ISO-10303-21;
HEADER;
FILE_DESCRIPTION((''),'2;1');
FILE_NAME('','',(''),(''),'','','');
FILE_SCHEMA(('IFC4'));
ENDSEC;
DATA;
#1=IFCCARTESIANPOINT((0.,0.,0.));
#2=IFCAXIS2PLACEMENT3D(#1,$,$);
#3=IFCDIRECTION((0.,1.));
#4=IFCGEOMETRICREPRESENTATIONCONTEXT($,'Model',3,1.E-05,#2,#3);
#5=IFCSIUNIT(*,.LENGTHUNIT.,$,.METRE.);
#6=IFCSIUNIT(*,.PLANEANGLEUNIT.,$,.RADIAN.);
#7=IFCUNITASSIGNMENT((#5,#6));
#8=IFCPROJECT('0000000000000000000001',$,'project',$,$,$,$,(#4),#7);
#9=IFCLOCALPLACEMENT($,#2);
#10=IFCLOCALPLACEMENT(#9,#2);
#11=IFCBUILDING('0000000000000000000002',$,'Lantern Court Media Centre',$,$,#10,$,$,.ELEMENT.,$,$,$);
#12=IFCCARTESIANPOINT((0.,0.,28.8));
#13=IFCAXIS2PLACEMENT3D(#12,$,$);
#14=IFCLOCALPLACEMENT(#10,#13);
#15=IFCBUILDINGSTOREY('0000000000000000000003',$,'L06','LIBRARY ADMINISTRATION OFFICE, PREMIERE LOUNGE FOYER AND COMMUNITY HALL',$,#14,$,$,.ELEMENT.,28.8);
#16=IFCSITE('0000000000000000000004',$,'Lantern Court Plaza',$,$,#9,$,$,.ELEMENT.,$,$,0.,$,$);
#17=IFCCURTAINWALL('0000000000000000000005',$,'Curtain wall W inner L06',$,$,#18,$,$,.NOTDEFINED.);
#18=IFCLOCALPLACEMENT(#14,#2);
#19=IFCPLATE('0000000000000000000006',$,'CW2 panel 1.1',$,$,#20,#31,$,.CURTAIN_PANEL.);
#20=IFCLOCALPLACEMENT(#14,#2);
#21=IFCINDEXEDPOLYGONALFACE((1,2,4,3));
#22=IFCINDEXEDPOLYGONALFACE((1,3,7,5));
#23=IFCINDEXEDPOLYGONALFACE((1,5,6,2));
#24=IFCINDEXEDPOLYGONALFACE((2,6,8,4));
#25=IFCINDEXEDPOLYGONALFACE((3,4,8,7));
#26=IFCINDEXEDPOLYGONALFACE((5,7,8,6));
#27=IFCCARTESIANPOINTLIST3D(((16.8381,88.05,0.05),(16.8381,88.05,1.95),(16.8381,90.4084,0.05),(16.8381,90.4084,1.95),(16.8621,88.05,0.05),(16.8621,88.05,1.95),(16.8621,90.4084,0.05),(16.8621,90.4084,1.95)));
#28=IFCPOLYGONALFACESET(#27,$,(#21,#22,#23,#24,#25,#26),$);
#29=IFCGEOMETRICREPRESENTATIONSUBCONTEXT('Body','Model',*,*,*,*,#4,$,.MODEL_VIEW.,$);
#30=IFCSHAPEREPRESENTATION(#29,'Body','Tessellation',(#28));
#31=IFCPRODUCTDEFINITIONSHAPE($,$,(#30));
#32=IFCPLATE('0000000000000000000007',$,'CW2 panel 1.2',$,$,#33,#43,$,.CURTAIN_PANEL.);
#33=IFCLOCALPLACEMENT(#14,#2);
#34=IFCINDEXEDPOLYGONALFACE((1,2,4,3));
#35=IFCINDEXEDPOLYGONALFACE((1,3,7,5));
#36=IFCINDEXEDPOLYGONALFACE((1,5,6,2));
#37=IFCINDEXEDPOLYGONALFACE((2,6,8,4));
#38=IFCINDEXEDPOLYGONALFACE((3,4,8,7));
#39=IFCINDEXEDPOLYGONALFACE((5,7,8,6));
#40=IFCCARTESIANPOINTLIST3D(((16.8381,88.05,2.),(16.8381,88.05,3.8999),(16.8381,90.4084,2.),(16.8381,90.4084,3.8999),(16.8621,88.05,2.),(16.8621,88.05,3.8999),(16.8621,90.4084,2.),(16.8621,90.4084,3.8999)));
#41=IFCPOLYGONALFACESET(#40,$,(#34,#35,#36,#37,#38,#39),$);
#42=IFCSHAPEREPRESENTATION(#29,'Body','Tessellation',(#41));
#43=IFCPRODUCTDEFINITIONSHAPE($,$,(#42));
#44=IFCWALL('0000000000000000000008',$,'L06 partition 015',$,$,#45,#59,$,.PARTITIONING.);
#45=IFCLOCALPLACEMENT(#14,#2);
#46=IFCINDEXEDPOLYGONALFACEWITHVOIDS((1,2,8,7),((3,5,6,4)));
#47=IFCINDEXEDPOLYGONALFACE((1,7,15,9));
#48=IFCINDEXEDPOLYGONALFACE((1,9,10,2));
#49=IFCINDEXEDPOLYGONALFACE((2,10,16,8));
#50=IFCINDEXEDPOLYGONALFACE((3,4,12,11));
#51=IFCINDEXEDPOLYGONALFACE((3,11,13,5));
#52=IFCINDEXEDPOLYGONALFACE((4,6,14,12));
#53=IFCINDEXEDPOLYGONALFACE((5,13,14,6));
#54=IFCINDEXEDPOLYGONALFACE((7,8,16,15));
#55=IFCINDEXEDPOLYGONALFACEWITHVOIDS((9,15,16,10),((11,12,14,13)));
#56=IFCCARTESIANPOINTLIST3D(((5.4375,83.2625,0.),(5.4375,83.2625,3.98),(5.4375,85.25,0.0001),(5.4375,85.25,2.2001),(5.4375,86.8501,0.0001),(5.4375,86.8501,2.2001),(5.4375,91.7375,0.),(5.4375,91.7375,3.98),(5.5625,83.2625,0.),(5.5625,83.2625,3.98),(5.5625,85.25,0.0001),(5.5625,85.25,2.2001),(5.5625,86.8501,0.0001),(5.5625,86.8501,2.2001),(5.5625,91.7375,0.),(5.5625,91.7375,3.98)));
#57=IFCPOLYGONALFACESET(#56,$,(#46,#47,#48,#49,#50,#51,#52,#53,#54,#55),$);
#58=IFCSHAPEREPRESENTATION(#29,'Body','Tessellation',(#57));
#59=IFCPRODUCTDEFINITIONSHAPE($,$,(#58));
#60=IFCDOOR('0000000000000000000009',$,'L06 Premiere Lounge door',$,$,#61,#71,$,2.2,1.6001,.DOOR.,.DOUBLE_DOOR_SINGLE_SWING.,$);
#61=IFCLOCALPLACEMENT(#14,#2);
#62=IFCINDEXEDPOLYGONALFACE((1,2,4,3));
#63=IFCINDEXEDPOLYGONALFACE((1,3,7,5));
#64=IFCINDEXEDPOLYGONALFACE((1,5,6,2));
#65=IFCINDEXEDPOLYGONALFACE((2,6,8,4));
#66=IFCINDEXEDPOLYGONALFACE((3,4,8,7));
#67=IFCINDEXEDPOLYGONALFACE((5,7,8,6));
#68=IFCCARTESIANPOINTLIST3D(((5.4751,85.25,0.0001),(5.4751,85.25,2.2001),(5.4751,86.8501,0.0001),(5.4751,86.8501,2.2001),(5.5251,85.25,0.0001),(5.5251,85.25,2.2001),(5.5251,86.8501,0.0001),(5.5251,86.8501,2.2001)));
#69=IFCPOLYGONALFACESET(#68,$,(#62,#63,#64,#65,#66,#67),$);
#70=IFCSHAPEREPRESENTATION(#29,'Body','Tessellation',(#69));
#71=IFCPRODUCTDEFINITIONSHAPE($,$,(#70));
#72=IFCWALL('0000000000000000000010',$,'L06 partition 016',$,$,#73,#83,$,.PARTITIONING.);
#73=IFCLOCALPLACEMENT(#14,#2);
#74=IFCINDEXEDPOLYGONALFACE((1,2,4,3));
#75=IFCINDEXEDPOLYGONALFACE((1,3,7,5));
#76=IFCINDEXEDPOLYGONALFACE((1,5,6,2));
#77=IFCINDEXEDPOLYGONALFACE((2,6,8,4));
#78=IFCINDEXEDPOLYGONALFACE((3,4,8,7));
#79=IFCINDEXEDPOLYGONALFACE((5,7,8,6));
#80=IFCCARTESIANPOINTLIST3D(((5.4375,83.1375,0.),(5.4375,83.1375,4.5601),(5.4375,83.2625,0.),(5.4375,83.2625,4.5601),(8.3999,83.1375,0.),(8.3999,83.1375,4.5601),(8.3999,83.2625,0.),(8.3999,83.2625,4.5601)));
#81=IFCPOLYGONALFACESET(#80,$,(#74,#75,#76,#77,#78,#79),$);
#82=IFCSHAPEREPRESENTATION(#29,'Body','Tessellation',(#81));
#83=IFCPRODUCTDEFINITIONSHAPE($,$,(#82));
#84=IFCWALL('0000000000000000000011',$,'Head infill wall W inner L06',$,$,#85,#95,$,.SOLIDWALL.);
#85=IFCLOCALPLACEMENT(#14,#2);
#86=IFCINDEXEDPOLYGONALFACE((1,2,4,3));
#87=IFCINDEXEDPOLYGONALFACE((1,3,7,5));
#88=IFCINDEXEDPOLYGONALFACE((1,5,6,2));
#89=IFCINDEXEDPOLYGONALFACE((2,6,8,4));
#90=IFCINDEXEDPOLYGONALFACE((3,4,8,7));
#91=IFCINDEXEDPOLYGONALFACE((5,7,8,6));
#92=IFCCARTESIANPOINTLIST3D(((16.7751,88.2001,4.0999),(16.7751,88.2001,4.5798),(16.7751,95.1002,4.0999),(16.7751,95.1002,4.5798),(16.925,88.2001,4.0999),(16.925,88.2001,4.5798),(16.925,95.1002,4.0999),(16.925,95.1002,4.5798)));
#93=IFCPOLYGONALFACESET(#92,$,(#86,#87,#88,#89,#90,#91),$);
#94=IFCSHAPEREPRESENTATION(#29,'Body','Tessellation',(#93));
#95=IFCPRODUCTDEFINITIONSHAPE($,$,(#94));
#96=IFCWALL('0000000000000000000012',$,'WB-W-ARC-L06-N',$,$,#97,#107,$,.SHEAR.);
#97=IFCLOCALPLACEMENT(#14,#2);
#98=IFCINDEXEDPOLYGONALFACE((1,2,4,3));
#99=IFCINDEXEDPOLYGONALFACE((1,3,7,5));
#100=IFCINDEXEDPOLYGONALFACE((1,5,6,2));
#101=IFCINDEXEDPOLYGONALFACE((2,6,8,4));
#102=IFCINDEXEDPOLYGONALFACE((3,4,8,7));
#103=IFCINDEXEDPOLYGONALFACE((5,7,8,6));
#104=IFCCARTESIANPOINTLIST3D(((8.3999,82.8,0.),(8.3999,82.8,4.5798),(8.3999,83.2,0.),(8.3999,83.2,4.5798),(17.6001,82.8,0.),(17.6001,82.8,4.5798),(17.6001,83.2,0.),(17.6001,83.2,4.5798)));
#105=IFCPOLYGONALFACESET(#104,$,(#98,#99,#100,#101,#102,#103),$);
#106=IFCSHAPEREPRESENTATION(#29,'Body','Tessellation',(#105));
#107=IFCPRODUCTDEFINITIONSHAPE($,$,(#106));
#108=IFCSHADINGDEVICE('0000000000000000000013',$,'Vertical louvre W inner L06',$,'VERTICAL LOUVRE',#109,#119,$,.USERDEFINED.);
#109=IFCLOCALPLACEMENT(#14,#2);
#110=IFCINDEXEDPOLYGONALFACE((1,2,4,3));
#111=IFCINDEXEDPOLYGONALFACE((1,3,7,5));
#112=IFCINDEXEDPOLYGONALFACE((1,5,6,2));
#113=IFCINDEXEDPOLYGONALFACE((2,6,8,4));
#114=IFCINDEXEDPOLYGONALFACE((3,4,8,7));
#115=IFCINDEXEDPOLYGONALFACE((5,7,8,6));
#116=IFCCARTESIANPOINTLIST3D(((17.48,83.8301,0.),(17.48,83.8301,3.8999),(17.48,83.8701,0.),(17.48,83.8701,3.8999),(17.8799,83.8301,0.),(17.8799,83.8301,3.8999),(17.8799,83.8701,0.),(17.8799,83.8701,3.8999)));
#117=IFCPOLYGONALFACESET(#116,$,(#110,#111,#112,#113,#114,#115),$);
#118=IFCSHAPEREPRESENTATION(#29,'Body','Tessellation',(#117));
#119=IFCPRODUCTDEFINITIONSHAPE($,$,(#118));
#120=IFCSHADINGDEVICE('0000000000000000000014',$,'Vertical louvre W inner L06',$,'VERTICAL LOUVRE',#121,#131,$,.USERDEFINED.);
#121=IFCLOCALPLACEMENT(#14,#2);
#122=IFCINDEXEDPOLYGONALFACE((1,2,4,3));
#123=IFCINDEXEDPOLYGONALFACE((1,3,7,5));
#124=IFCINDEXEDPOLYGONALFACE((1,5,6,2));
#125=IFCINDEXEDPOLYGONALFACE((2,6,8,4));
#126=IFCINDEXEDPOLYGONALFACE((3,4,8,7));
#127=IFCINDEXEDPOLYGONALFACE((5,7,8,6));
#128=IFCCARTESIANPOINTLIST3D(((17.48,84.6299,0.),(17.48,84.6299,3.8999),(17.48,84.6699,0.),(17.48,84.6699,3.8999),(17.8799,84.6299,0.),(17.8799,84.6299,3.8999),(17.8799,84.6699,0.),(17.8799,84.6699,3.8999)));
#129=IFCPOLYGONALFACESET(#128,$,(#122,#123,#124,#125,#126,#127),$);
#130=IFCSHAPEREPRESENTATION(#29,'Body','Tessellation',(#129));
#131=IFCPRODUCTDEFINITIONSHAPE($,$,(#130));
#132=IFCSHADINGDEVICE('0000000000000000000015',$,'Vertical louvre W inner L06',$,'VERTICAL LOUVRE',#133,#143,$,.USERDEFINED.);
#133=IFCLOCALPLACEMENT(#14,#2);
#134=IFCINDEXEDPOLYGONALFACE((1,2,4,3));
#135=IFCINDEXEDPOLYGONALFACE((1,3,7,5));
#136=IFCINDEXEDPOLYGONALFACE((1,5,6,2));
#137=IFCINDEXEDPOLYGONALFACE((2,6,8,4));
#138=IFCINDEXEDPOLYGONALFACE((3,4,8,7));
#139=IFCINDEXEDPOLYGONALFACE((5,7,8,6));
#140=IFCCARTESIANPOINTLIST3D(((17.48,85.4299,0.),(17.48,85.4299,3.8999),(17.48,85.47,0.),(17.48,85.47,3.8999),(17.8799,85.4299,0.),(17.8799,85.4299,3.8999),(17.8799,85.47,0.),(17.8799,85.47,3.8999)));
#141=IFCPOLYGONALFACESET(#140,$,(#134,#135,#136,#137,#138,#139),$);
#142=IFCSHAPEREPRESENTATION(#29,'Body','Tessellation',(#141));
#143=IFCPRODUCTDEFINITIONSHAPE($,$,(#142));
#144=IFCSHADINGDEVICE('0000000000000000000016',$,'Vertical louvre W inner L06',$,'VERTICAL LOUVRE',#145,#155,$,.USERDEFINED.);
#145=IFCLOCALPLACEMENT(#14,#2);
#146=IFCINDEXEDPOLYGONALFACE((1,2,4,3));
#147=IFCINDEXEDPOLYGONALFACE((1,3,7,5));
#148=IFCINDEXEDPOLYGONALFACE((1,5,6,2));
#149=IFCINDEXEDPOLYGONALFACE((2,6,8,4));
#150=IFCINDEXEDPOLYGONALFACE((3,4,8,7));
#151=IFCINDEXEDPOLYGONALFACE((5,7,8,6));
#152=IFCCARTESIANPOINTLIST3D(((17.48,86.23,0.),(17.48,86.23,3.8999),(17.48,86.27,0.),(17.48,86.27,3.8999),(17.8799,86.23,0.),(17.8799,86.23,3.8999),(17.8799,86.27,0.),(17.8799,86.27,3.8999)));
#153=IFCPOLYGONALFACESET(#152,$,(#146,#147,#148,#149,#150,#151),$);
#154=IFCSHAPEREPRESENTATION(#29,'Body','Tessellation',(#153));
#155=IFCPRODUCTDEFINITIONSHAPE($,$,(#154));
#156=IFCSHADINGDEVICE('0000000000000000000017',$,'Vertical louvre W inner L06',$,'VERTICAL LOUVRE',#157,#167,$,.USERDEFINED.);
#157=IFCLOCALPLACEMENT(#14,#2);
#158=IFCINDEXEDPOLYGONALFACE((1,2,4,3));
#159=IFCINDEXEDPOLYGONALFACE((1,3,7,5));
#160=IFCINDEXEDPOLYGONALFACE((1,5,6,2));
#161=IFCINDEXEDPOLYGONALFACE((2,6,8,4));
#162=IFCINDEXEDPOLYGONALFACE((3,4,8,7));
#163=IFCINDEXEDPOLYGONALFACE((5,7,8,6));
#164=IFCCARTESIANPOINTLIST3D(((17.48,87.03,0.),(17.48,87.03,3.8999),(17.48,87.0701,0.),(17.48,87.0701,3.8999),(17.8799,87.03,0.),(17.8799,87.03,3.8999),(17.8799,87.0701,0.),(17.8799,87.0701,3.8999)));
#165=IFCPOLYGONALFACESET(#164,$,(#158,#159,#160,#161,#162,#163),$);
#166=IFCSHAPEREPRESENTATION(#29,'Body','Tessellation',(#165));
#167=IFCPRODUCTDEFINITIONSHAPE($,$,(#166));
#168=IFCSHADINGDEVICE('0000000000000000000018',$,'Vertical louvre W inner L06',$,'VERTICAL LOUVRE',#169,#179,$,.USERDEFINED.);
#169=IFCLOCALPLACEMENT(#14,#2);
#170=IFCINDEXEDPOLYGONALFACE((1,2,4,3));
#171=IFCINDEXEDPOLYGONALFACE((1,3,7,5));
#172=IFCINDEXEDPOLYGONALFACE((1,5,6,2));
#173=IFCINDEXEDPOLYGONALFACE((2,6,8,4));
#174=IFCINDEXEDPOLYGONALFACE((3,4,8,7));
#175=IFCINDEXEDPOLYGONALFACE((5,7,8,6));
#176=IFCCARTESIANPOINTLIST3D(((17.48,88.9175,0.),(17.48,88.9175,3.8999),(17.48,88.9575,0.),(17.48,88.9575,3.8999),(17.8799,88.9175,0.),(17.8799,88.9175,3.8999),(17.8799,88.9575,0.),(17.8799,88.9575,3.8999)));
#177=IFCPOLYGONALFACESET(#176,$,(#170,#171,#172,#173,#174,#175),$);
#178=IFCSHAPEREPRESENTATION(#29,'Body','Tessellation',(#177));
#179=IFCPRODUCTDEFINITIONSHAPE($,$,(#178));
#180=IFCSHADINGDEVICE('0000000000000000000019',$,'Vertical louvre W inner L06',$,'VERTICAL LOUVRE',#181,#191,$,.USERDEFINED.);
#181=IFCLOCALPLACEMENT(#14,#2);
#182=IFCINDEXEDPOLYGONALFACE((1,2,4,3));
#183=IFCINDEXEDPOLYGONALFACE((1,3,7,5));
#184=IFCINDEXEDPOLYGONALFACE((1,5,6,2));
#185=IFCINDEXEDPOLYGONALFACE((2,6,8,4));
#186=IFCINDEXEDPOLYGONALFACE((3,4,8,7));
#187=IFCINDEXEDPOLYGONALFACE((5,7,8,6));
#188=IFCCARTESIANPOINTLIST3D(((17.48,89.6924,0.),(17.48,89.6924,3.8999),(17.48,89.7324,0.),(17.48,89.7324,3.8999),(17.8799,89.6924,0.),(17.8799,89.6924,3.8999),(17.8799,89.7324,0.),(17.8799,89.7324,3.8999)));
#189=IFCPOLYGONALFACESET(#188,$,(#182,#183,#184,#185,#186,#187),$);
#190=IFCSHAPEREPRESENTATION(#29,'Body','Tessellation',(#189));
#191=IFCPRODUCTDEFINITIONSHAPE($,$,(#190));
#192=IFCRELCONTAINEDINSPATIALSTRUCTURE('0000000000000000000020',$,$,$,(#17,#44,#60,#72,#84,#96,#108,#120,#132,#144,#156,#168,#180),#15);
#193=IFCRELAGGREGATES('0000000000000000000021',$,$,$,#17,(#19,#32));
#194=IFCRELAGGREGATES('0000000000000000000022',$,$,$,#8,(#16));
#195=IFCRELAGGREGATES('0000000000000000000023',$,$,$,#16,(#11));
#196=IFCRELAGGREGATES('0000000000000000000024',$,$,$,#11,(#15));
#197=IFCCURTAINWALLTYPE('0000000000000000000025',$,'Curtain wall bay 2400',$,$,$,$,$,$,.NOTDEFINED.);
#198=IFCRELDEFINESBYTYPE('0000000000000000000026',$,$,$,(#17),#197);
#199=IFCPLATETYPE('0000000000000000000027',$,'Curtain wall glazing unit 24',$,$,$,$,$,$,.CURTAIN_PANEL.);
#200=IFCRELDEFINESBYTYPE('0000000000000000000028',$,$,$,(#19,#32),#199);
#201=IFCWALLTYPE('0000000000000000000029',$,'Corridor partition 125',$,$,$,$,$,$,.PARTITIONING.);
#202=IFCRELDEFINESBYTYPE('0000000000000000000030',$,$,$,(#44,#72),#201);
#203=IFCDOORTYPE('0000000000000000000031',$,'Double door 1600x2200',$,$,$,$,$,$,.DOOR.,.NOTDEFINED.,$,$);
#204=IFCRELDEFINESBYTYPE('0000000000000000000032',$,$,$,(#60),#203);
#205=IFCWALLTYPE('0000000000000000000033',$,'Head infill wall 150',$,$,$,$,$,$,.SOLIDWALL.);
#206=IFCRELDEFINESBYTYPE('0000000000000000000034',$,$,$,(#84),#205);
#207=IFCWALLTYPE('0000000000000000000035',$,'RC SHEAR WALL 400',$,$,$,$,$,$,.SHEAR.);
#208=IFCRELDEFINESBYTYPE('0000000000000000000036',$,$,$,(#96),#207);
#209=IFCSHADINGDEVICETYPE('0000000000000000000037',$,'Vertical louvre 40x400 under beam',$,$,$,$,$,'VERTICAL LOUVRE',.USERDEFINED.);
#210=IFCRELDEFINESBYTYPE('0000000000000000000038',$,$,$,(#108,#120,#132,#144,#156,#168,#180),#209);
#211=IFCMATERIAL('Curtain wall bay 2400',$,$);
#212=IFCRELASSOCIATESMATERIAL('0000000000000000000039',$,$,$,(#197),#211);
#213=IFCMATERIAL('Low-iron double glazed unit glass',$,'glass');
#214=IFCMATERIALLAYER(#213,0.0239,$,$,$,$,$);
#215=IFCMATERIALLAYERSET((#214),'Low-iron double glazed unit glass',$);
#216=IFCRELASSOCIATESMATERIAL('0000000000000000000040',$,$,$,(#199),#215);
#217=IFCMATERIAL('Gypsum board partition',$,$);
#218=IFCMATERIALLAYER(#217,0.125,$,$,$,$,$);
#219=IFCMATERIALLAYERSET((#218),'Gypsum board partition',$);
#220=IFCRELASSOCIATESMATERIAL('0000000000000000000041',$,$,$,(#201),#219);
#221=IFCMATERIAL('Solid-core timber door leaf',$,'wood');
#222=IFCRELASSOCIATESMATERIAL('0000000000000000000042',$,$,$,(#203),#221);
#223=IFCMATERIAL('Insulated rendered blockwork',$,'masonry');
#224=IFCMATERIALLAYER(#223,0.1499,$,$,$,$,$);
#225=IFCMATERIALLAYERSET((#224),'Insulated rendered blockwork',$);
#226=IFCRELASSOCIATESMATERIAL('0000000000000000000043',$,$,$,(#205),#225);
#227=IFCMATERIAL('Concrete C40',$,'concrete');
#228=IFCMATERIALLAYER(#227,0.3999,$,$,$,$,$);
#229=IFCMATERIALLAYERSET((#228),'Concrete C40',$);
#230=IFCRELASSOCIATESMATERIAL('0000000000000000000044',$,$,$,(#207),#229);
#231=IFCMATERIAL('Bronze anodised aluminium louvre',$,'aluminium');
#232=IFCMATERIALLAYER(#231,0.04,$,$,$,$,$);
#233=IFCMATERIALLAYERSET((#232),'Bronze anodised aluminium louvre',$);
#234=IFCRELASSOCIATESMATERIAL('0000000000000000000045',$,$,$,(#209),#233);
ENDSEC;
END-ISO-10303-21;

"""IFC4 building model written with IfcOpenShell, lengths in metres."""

from ifc_helpers import new_model, si_unit, direction, frame, frame_2d, origin, origin_2d, place, context, subcontext, project, spatial, rectangle, extrude, material, layer, layer_set, type_object, element, fill, aggregate, save


model = new_model("IFC4")

# Units and contexts
model_context = context("Model", 3, precision=1e-05, world=origin(), true_north=direction((0.0, 1.0)))
body_context = subcontext(model_context, "Body", "Model", "MODEL_VIEW")
ifc_project = project(units=[si_unit("LENGTHUNIT", "METRE"), si_unit("PLANEANGLEUNIT", "RADIAN")], contexts=[model_context])

# Site, building, storey
site_placement = place(None, origin())
site = spatial("IfcSite", under=ifc_project, at=site_placement, Name="Lantern Court Plaza", CompositionType="ELEMENT", RefElevation=0.0)
building_placement = place(site_placement, origin())
building = spatial("IfcBuilding", under=site, at=building_placement, Name="Lantern Court Media Centre", CompositionType="ELEMENT")
storey_placement = place(building_placement, frame((0.0, 0.0, 28.8)))
storey = spatial("IfcBuildingStorey", under=building, at=storey_placement, Name="L06", Description="LIBRARY ADMINISTRATION OFFICE, PREMIERE LOUNGE FOYER AND COMMUNITY HALL", CompositionType="ELEMENT", Elevation=28.8)

# Shared definitions
ifc_material_1 = material(Name="Curtain wall bay 2400")
curtain_wall_type = type_object("IfcCurtainWallType", Name="Curtain wall bay 2400", PredefinedType="NOTDEFINED", material=ifc_material_1)

# Curtain wall
curtain_wall_1_placement = place(storey_placement, origin())
curtain_wall_1 = element("IfcCurtainWall", 1, at=curtain_wall_1_placement, inside=storey, type_object=curtain_wall_type, Name="Curtain wall W inner L06", PredefinedType="NOTDEFINED")

# Plates
ifc_material_2 = material(Name="Low-iron double glazed unit glass", Category="glass")
ifc_layer_1 = layer(ifc_material_2, 0.0239)
ifc_layer_set_1 = layer_set([ifc_layer_1], Name="Low-iron double glazed unit glass")
plate_type = type_object("IfcPlateType", Name="Curtain wall glazing unit 24", PredefinedType="CURTAIN_PANEL", material=ifc_layer_set_1)
plate_1_placement = place(storey_placement, frame((16.8501, 89.2292, 0.05), z_axis=(0.0, 0.0, 1.0), x_axis=(0.0, 1.0, 0.0)))
plate_1 = element("IfcPlate", 2, at=plate_1_placement, type_object=plate_type, Name="CW2 panel 1.1", PredefinedType="CURTAIN_PANEL", context=body_context, shape_type="SweptSolid", body=[
    extrude(rectangle(XDim=2.3584, YDim=0.0239, at=origin_2d()), origin(), (0.0, 0.0, 1.0), 1.8999),
])
plate_2_placement = place(storey_placement, frame((16.8501, 89.2292, 2.0), z_axis=(0.0, 0.0, 1.0), x_axis=(0.0, 1.0, 0.0)))
plate_2 = element("IfcPlate", 3, at=plate_2_placement, type_object=plate_type, Name="CW2 panel 1.2", PredefinedType="CURTAIN_PANEL", context=body_context, shape_type="SweptSolid", body=[
    extrude(rectangle(XDim=2.3584, YDim=0.0239, at=origin_2d()), origin(), (0.0, 0.0, 1.0), 1.8999),
])
aggregate(curtain_wall_1, [plate_1, plate_2])

# Wall, opening, door
ifc_material_3 = material(Name="Gypsum board partition")
ifc_layer_2 = layer(ifc_material_3, 0.125)
ifc_layer_set_2 = layer_set([ifc_layer_2], Name="Gypsum board partition")
wall_type_1 = type_object("IfcWallType", Name="Corridor partition 125", PredefinedType="PARTITIONING", material=ifc_layer_set_2)
wall_1_placement = place(storey_placement, frame((5.5, 83.2625, 0.0), z_axis=(0.0, 0.0, 1.0), x_axis=(0.0, 1.0, 0.0)))
wall_1 = element("IfcWall", 4, at=wall_1_placement, inside=storey, type_object=wall_type_1, Name="L06 partition 015", PredefinedType="PARTITIONING", context=body_context, shape_type="SweptSolid", body=[
    extrude(rectangle(XDim=8.4751, YDim=0.125, at=frame_2d((4.2375, 0.0))), origin(), (0.0, 0.0, 1.0), 3.98),
])
opening_placement = place(wall_1_placement, frame((1.9875, 0.0, 0.0)))
opening = element("IfcOpeningElement", 5, at=opening_placement, cuts=wall_1, PredefinedType="OPENING", context=body_context, shape_type="SweptSolid", body=[
    extrude(rectangle(XDim=1.6001, YDim=2.2, at=frame_2d((0.8, 1.1001))), frame((0.0, 0.0725, 0.0), z_axis=(0.0, -1.0, 0.0), x_axis=(1.0, 0.0, 0.0)), (0.0, 0.0, 1.0), 0.145),
])
ifc_material_4 = material(Name="Solid-core timber door leaf", Category="wood")
door_type = type_object("IfcDoorType", Name="Double door 1600x2200", OperationType="NOTDEFINED", PredefinedType="DOOR", material=ifc_material_4)
door_placement = place(opening_placement, origin())
door = element("IfcDoor", 6, at=door_placement, inside=storey, type_object=door_type, Name="L06 Premiere Lounge door", OperationType="DOUBLE_DOOR_SINGLE_SWING", OverallHeight=2.2, OverallWidth=1.6001, PredefinedType="DOOR", context=body_context, shape_type="SweptSolid", body=[
    extrude(rectangle(XDim=1.6001, YDim=2.2, at=frame_2d((0.8, 1.1001))), frame((0.0, 0.0249, 0.0), z_axis=(0.0, -1.0, 0.0), x_axis=(1.0, 0.0, 0.0)), (0.0, 0.0, 1.0), 0.05),
])
fill(opening, door)

# Walls
wall_2_placement = place(storey_placement, frame((5.4375, 83.2, 0.0), z_axis=(0.0, 0.0, 1.0), x_axis=(1.0, 0.0, 0.0)))
element("IfcWall", 7, at=wall_2_placement, inside=storey, type_object=wall_type_1, Name="L06 partition 016", PredefinedType="PARTITIONING", context=body_context, shape_type="SweptSolid", body=[
    extrude(rectangle(XDim=2.9624, YDim=0.125, at=frame_2d((1.4812, 0.0))), origin(), (0.0, 0.0, 1.0), 4.5601),
])
ifc_material_5 = material(Name="Insulated rendered blockwork", Category="masonry")
ifc_layer_3 = layer(ifc_material_5, 0.1499)
ifc_layer_set_3 = layer_set([ifc_layer_3], Name="Insulated rendered blockwork")
wall_type_2 = type_object("IfcWallType", Name="Head infill wall 150", PredefinedType="SOLIDWALL", material=ifc_layer_set_3)
wall_3_placement = place(storey_placement, frame((16.8501, 88.2, 4.0999), z_axis=(0.0, 0.0, 1.0), x_axis=(0.0, 1.0, 0.0)))
element("IfcWall", 8, at=wall_3_placement, inside=storey, type_object=wall_type_2, Name="Head infill wall W inner L06", PredefinedType="SOLIDWALL", context=body_context, shape_type="SweptSolid", body=[
    extrude(rectangle(XDim=6.9001, YDim=0.1499, at=frame_2d((3.4502, 0.0))), origin(), (0.0, 0.0, 1.0), 0.48),
])
ifc_material_6 = material(Name="Concrete C40", Category="concrete")
ifc_layer_4 = layer(ifc_material_6, 0.3999)
ifc_layer_set_4 = layer_set([ifc_layer_4], Name="Concrete C40")
wall_type_3 = type_object("IfcWallType", Name="RC SHEAR WALL 400", PredefinedType="SHEAR", material=ifc_layer_set_4)
wall_4_placement = place(storey_placement, frame((8.3999, 83.0, 0.0), z_axis=(0.0, 0.0, 1.0), x_axis=(1.0, 0.0, 0.0)))
element("IfcWall", 9, at=wall_4_placement, inside=storey, type_object=wall_type_3, Name="WB-W-ARC-L06-N", PredefinedType="SHEAR", context=body_context, shape_type="SweptSolid", body=[
    extrude(rectangle(XDim=9.2002, YDim=0.3999, at=frame_2d((4.6001, 0.0))), origin(), (0.0, 0.0, 1.0), 4.5798),
])

# Shading devices
ifc_material_7 = material(Name="Bronze anodised aluminium louvre", Category="aluminium")
ifc_layer_5 = layer(ifc_material_7, 0.04)
ifc_layer_set_5 = layer_set([ifc_layer_5], Name="Bronze anodised aluminium louvre")
shading_device_type = type_object("IfcShadingDeviceType", Name="Vertical louvre 40x400 under beam", ElementType="VERTICAL LOUVRE", PredefinedType="USERDEFINED", material=ifc_layer_set_5)
for number, where, z_axis, x_axis, name in (
    (10, (17.6799, 83.8501, 0.0), (0.0, 0.0, 1.0), (1.0, 0.0, 0.0), "Vertical louvre W inner L06"),
    (11, (17.6799, 84.6499, 0.0), (0.0, 0.0, 1.0), (1.0, 0.0, 0.0), "Vertical louvre W inner L06"),
    (12, (17.6799, 85.45, 0.0), (0.0, 0.0, 1.0), (1.0, 0.0, 0.0), "Vertical louvre W inner L06"),
    (13, (17.6799, 86.25, 0.0), (0.0, 0.0, 1.0), (1.0, 0.0, 0.0), "Vertical louvre W inner L06"),
    (14, (17.6799, 87.05, 0.0), (0.0, 0.0, 1.0), (1.0, 0.0, 0.0), "Vertical louvre W inner L06"),
    (15, (17.6799, 88.9375, 0.0), (0.0, 0.0, 1.0), (1.0, 0.0, 0.0), "Vertical louvre W inner L06"),
    (16, (17.6799, 89.7124, 0.0), (0.0, 0.0, 1.0), (1.0, 0.0, 0.0), "Vertical louvre W inner L06"),
):
    element("IfcShadingDevice", number, at=place(storey_placement, frame(where, z_axis=z_axis, x_axis=x_axis)), inside=storey, type_object=shading_device_type, Name=name, ObjectType="VERTICAL LOUVRE", PredefinedType="USERDEFINED", context=body_context, shape_type="SweptSolid", body=[
        extrude(rectangle(XDim=0.3999, YDim=0.04, at=origin_2d()), origin(), (0.0, 0.0, 1.0), 3.8999),
    ])

save(model, "model.ifc")
